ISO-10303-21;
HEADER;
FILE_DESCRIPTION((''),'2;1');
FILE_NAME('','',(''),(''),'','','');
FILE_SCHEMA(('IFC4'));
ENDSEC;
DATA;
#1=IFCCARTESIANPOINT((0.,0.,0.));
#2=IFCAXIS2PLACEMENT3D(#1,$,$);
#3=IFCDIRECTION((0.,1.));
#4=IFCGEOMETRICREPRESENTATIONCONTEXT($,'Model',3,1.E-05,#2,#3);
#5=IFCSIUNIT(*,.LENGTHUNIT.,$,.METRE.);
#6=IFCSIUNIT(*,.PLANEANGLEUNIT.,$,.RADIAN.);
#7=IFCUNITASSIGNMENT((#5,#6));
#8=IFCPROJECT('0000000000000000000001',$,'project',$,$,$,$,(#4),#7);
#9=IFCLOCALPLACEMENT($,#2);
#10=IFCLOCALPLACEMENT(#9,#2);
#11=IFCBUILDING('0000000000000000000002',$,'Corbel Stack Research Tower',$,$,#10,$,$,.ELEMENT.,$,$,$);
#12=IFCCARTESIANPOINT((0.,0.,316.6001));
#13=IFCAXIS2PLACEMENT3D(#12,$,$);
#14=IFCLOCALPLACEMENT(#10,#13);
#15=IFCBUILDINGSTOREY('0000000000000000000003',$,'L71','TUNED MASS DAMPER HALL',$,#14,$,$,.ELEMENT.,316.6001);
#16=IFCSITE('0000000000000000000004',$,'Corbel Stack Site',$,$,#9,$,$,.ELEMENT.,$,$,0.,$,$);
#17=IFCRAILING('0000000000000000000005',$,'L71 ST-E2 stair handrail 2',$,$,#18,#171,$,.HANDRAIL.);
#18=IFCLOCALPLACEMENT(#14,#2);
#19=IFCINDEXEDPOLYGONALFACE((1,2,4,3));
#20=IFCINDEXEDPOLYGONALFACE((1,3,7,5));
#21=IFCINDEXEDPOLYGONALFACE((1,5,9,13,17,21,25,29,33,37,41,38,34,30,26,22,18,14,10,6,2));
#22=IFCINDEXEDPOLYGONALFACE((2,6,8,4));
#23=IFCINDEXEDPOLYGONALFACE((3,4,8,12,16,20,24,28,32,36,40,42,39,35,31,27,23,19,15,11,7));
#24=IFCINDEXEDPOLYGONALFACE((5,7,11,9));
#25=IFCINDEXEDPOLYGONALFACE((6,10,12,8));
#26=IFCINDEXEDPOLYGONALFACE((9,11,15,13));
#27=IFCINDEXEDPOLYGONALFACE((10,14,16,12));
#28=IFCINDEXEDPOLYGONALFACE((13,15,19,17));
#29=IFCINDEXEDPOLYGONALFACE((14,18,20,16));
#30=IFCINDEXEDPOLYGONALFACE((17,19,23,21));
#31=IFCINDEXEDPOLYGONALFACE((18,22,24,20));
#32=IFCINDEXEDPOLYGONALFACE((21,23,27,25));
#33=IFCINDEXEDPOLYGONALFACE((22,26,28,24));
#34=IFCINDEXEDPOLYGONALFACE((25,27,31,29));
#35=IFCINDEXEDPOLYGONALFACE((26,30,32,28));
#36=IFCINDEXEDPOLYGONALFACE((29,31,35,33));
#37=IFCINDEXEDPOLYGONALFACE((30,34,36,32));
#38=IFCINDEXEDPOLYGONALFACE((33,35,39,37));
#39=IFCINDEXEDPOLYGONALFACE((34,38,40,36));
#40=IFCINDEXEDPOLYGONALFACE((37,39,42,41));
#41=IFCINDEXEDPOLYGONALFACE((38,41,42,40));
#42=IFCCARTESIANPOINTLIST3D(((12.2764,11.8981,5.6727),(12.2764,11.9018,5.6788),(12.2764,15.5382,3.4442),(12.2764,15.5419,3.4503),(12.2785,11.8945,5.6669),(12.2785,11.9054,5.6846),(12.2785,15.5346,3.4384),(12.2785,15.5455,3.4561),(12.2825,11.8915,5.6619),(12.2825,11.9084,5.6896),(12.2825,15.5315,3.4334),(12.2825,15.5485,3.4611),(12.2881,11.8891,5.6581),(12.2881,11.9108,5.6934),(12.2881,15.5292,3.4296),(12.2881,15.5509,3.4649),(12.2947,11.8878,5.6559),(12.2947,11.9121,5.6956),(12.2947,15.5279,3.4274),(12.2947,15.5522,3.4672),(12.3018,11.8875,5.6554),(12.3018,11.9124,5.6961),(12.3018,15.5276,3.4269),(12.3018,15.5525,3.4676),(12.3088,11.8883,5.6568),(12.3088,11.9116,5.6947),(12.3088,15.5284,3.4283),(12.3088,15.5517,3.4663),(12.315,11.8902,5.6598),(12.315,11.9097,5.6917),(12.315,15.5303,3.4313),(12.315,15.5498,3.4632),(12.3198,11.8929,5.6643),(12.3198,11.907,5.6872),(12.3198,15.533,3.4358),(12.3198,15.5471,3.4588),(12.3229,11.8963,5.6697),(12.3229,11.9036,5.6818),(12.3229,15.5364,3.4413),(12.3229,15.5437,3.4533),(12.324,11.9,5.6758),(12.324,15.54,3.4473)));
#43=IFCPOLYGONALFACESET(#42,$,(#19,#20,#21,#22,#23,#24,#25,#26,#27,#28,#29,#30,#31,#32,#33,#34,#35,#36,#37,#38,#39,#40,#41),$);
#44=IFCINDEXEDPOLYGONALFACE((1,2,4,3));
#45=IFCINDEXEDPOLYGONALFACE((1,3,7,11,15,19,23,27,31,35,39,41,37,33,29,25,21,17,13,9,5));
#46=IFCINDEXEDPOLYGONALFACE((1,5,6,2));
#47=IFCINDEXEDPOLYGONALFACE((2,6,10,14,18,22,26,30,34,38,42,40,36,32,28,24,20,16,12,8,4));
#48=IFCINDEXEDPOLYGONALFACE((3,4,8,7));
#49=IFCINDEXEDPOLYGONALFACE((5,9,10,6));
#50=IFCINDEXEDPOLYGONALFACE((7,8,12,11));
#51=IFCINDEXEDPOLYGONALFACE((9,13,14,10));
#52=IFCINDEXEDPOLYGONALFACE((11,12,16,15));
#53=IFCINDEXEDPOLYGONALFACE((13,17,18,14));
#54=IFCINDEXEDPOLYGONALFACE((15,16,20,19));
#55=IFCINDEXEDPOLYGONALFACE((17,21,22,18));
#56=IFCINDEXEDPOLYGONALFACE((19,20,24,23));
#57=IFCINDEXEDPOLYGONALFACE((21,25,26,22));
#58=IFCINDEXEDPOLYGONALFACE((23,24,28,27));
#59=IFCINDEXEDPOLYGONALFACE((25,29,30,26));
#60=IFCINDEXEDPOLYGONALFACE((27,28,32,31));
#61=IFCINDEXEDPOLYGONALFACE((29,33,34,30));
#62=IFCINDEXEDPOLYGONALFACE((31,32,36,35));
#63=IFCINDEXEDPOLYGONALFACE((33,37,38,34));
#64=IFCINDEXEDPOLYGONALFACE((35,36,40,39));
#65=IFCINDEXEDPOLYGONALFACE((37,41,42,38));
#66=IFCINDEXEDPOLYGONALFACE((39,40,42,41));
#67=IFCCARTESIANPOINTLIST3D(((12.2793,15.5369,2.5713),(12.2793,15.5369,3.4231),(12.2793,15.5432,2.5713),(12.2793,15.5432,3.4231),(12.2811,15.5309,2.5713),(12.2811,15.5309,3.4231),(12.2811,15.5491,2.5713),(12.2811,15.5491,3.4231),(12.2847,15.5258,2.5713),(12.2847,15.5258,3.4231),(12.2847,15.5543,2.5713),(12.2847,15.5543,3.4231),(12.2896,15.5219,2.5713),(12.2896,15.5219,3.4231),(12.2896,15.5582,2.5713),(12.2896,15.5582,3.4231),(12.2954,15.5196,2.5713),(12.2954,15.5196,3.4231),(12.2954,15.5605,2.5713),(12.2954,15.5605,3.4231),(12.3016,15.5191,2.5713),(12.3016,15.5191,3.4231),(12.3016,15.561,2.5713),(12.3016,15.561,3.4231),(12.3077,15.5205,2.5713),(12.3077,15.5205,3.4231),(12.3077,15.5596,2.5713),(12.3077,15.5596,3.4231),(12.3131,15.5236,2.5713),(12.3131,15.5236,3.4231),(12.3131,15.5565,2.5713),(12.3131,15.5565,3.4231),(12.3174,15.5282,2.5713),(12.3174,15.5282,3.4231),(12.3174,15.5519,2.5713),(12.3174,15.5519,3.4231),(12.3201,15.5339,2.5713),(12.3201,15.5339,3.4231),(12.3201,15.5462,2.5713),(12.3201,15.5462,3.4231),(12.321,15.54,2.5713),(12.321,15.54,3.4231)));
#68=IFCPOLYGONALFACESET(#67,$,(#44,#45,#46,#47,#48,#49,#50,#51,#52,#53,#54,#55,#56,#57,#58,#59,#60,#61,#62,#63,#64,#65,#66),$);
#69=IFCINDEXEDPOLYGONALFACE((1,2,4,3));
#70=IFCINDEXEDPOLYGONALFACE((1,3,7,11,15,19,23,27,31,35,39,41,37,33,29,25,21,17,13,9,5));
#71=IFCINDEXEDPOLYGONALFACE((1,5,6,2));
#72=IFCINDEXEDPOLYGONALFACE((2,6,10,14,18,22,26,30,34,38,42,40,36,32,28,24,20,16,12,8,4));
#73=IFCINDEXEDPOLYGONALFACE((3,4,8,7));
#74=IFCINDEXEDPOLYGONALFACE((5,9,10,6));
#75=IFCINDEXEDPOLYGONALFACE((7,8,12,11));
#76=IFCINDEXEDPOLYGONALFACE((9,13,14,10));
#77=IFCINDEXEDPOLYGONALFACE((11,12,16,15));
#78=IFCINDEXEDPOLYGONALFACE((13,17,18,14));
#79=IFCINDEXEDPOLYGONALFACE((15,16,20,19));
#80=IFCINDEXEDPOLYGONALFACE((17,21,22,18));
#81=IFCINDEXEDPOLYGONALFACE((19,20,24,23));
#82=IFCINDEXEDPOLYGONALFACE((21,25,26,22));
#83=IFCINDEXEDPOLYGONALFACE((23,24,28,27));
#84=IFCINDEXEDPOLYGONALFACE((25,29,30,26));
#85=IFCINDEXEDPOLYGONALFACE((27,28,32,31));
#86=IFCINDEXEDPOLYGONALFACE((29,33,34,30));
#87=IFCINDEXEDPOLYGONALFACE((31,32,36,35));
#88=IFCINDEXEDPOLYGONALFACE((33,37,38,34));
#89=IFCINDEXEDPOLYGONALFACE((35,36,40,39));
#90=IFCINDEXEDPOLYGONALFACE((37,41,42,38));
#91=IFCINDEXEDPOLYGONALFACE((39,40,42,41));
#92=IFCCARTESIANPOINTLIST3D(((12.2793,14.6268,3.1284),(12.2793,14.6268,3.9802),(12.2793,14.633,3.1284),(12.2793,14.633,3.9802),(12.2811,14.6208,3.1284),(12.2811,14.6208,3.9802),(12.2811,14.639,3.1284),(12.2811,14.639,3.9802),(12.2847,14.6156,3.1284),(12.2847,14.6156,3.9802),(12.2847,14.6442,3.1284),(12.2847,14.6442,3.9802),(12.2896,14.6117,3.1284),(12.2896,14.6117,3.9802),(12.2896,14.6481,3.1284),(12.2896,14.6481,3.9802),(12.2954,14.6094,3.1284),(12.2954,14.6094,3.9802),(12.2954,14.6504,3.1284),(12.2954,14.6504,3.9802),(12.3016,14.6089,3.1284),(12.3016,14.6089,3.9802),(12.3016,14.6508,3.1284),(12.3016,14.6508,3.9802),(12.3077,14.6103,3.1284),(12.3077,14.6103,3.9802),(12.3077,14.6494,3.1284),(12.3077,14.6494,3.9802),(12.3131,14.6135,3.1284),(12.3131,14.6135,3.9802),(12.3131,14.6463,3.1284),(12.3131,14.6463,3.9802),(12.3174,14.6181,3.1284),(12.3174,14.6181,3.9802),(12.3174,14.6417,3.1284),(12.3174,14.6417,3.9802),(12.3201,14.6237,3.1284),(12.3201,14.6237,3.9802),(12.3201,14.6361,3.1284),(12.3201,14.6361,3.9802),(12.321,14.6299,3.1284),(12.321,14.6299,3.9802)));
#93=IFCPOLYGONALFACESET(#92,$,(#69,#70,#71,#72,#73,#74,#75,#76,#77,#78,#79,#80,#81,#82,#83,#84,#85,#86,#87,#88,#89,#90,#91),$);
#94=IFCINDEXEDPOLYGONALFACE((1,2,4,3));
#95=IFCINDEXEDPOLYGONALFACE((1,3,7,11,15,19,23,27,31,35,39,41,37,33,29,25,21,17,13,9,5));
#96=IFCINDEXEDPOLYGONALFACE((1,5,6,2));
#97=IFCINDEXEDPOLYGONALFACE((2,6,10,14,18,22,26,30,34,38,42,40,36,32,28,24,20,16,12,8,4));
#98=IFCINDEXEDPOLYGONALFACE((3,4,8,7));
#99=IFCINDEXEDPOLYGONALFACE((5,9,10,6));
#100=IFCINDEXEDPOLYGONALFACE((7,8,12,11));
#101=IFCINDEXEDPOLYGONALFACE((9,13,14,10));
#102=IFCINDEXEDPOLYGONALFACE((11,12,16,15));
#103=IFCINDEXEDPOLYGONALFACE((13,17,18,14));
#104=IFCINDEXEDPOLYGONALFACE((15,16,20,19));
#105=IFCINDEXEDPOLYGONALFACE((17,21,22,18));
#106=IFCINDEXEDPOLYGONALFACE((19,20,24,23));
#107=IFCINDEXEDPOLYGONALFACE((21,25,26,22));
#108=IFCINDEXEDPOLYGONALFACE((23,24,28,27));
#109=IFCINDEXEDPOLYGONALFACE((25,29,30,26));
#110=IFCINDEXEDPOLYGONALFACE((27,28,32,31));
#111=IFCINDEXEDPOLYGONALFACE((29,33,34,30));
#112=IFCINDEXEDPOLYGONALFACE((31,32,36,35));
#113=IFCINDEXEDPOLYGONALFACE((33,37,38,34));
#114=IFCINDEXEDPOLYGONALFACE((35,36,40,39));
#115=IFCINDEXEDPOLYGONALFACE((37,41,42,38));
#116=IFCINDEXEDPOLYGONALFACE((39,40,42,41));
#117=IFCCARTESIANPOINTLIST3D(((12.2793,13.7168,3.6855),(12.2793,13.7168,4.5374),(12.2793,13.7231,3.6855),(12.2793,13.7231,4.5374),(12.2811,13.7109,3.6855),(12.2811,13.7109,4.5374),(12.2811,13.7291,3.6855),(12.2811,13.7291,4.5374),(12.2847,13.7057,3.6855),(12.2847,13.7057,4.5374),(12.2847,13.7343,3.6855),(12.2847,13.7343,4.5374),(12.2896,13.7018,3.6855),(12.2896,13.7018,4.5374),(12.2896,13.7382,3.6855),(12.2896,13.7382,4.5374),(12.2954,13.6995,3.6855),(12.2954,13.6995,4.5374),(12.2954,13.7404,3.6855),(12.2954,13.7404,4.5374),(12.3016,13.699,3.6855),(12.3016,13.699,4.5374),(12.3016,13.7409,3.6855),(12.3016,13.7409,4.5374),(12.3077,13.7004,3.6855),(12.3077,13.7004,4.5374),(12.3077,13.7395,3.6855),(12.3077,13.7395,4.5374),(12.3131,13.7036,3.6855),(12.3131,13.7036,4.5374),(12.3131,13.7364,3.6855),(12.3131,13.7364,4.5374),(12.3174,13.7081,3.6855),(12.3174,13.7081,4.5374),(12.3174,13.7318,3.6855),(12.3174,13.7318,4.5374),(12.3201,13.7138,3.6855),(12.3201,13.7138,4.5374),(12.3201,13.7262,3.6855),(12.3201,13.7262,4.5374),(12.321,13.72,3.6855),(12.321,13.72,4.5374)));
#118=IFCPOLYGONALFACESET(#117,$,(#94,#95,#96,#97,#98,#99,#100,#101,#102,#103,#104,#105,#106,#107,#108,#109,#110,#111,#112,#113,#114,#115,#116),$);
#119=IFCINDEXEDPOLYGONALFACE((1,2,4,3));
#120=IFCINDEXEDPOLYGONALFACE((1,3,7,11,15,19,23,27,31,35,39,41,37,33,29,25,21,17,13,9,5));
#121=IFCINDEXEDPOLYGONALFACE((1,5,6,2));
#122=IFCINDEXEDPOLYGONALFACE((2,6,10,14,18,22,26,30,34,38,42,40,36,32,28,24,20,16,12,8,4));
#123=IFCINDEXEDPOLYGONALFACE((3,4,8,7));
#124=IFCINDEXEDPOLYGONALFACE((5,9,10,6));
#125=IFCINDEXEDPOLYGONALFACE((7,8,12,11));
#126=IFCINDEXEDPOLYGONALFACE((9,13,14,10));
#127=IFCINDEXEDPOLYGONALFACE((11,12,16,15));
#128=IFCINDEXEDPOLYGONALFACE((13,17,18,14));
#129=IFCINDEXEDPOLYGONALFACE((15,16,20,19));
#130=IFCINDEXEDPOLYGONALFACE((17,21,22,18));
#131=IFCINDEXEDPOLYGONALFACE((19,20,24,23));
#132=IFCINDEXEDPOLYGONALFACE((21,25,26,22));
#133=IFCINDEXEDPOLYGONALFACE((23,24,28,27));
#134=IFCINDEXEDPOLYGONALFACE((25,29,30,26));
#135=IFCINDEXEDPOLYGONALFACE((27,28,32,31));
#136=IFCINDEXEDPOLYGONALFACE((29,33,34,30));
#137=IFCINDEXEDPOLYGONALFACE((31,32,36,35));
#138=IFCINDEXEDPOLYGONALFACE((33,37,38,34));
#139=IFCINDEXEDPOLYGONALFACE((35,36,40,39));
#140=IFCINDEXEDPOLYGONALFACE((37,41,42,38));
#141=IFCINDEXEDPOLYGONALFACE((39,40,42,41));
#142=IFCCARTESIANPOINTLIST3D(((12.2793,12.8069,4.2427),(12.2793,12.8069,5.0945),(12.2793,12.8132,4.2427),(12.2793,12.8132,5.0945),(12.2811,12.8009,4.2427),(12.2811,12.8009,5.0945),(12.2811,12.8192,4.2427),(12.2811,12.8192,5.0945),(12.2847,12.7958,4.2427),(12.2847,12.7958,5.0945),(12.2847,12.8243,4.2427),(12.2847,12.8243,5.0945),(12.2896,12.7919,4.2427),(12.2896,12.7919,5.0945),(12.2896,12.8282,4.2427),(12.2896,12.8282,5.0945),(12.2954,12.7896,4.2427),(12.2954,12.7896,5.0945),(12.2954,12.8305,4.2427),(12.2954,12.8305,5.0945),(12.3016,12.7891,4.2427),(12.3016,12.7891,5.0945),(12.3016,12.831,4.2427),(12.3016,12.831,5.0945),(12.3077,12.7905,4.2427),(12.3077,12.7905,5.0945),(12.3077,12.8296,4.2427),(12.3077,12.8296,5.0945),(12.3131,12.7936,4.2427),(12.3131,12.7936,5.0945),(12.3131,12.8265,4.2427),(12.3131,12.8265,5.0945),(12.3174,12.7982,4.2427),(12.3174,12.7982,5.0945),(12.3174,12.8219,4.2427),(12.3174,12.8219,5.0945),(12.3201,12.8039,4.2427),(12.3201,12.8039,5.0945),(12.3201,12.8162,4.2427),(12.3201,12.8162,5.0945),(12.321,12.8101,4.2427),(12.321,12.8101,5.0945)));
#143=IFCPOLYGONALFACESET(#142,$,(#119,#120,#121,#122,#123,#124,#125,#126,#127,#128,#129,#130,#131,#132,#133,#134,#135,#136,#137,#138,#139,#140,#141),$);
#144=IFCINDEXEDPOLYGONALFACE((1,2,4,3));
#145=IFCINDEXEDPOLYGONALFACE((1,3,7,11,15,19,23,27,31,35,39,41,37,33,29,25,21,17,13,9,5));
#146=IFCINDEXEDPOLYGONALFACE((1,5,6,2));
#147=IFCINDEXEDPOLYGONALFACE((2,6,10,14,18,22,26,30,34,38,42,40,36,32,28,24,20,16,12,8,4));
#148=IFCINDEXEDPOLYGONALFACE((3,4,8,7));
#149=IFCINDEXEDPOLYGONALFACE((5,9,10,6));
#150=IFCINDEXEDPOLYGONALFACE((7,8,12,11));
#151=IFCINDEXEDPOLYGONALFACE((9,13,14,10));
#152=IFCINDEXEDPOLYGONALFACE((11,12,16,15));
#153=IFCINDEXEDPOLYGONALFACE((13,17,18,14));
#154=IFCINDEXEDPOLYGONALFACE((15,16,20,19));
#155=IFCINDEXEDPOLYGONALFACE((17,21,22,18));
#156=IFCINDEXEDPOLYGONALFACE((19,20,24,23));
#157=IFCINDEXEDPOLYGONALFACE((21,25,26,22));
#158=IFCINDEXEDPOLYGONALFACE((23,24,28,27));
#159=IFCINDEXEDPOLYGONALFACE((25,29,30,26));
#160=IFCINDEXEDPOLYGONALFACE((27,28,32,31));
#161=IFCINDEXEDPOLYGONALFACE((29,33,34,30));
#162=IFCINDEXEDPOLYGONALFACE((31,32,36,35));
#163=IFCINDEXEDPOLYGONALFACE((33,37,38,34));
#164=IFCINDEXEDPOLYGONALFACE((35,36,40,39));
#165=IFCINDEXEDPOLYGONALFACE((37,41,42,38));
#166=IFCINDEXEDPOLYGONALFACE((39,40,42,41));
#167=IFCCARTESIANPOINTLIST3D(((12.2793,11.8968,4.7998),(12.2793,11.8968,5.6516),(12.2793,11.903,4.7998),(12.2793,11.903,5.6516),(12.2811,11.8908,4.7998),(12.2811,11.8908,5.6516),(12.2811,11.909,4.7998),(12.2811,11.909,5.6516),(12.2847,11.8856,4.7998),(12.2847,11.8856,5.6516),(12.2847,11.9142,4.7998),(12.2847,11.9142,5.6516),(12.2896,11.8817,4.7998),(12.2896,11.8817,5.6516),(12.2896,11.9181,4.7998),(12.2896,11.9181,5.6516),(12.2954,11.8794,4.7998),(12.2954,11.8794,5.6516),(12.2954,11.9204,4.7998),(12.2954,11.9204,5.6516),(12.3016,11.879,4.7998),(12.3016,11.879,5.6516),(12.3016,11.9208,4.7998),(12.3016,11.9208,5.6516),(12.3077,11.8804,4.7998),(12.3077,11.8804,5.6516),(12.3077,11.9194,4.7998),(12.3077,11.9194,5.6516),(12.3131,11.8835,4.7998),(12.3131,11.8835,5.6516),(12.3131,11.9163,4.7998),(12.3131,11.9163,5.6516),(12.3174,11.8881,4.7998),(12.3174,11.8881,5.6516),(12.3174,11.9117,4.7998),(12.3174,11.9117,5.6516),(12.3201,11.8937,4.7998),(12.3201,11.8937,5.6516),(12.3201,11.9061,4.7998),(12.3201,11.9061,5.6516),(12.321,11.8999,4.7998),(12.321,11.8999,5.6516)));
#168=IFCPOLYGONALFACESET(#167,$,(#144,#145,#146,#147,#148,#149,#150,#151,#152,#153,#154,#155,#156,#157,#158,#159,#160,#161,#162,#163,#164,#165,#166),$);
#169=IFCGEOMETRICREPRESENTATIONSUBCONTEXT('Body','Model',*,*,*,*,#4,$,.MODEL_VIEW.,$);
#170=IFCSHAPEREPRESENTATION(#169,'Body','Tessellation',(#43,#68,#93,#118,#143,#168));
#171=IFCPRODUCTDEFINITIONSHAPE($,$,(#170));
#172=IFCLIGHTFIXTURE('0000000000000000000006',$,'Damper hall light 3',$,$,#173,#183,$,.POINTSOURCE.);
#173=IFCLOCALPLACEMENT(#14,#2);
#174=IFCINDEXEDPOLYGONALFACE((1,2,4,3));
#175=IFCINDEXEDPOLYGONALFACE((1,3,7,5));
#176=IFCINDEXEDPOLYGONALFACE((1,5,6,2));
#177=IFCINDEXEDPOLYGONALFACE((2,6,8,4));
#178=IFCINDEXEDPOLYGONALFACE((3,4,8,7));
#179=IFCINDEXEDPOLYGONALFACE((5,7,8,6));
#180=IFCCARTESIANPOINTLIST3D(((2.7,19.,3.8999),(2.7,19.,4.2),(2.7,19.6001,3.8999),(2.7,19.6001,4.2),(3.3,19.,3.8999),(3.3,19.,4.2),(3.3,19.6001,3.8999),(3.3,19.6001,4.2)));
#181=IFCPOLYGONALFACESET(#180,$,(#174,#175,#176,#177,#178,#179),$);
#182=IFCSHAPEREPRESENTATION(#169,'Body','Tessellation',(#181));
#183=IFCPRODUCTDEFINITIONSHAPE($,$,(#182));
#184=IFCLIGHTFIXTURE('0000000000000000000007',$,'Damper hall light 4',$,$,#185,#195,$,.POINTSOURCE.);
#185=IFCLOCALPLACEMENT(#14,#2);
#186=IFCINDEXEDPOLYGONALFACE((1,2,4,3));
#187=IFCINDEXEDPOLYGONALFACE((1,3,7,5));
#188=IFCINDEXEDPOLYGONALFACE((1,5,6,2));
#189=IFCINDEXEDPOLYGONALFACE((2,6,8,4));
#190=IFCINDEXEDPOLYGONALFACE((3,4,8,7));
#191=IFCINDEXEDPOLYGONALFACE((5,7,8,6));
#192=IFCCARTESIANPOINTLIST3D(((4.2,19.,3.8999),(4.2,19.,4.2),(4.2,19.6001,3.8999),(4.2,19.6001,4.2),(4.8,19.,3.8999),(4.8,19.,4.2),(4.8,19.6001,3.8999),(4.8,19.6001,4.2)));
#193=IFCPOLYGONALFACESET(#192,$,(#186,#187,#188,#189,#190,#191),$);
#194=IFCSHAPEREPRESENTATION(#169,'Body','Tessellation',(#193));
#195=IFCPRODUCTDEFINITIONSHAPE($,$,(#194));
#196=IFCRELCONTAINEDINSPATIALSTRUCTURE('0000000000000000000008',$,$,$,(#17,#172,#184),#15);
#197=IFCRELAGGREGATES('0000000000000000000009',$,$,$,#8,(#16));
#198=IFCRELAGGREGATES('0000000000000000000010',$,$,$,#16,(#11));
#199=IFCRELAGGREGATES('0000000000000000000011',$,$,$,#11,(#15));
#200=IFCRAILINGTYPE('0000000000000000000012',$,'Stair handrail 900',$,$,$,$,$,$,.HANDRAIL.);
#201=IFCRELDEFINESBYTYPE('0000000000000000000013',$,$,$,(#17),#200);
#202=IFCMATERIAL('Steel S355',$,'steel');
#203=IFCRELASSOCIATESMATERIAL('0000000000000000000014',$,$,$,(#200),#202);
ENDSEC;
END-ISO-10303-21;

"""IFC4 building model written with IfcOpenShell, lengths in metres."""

from ifc_helpers import new_model, si_unit, direction, frame, origin, origin_2d, place, context, subcontext, project, spatial, rectangle, circle, extrude, material, type_object, element, save


model = new_model("IFC4")

# Units and contexts
model_context = context("Model", 3, precision=1e-05, world=origin(), true_north=direction((0.0, 1.0)))
body_context = subcontext(model_context, "Body", "Model", "MODEL_VIEW")
ifc_project = project(units=[si_unit("LENGTHUNIT", "METRE"), si_unit("PLANEANGLEUNIT", "RADIAN")], contexts=[model_context])

# Site, building, storey
site_placement = place(None, origin())
site = spatial("IfcSite", under=ifc_project, at=site_placement, Name="Corbel Stack Site", CompositionType="ELEMENT", RefElevation=0.0)
building_placement = place(site_placement, origin())
building = spatial("IfcBuilding", under=site, at=building_placement, Name="Corbel Stack Research Tower", CompositionType="ELEMENT")
storey_placement = place(building_placement, frame((0.0, 0.0, 316.6001)))
storey = spatial("IfcBuildingStorey", under=building, at=storey_placement, Name="L71", Description="TUNED MASS DAMPER HALL", CompositionType="ELEMENT", Elevation=316.6001)

# Railing
ifc_material_1 = material(Name="Steel S355", Category="steel")
railing_type_1 = type_object("IfcRailingType", Name="Stair handrail 900", PredefinedType="HANDRAIL", material=ifc_material_1)
railing_1_placement = place(storey_placement, frame((12.3, 15.54, 2.5713)))
element("IfcRailing", 1, at=railing_1_placement, inside=storey, type_object=railing_type_1, Name="L71 ST-E2 stair handrail 2", PredefinedType="HANDRAIL", context=body_context, shape_type="SweptSolid", body=[
    extrude(circle(Radius=0.0239, at=origin_2d()), frame((0.0, 0.0, 0.876), z_axis=(0.0, -0.852866, 0.52213), x_axis=(1.0, 0.0, 0.0)), (0.0, 0.0, 1.0), 4.2681),
    extrude(circle(Radius=0.021, at=origin_2d()), origin(), (0.0, 0.0, 1.0), 0.8518),
    extrude(circle(Radius=0.021, at=origin_2d()), frame((0.0, -0.9102, 0.5571)), (0.0, 0.0, 1.0), 0.8518),
    extrude(circle(Radius=0.021, at=origin_2d()), frame((0.0, -1.8201, 1.1143)), (0.0, 0.0, 1.0), 0.8518),
    extrude(circle(Radius=0.021, at=origin_2d()), frame((0.0, -2.73, 1.6714)), (0.0, 0.0, 1.0), 0.8518),
    extrude(circle(Radius=0.021, at=origin_2d()), frame((0.0, -3.6401, 2.2285)), (0.0, 0.0, 1.0), 0.8518),
])

# Light fixtures
for number, where, z_axis, x_axis, name in (
    (2, (3.0, 19.3, 3.8999), (0.0, 0.0, 1.0), (1.0, 0.0, 0.0), "Damper hall light 3"),
    (3, (4.5, 19.3, 3.8999), (0.0, 0.0, 1.0), (1.0, 0.0, 0.0), "Damper hall light 4"),
):
    element("IfcLightFixture", number, at=place(storey_placement, frame(where, z_axis=z_axis, x_axis=x_axis)), inside=storey, Name=name, PredefinedType="POINTSOURCE", context=body_context, shape_type="SweptSolid", body=[
        extrude(rectangle(XDim=0.6001, YDim=0.6001, at=origin_2d()), origin(), (0.0, 0.0, 1.0), 0.3),
    ])

save(model, "model.ifc")
